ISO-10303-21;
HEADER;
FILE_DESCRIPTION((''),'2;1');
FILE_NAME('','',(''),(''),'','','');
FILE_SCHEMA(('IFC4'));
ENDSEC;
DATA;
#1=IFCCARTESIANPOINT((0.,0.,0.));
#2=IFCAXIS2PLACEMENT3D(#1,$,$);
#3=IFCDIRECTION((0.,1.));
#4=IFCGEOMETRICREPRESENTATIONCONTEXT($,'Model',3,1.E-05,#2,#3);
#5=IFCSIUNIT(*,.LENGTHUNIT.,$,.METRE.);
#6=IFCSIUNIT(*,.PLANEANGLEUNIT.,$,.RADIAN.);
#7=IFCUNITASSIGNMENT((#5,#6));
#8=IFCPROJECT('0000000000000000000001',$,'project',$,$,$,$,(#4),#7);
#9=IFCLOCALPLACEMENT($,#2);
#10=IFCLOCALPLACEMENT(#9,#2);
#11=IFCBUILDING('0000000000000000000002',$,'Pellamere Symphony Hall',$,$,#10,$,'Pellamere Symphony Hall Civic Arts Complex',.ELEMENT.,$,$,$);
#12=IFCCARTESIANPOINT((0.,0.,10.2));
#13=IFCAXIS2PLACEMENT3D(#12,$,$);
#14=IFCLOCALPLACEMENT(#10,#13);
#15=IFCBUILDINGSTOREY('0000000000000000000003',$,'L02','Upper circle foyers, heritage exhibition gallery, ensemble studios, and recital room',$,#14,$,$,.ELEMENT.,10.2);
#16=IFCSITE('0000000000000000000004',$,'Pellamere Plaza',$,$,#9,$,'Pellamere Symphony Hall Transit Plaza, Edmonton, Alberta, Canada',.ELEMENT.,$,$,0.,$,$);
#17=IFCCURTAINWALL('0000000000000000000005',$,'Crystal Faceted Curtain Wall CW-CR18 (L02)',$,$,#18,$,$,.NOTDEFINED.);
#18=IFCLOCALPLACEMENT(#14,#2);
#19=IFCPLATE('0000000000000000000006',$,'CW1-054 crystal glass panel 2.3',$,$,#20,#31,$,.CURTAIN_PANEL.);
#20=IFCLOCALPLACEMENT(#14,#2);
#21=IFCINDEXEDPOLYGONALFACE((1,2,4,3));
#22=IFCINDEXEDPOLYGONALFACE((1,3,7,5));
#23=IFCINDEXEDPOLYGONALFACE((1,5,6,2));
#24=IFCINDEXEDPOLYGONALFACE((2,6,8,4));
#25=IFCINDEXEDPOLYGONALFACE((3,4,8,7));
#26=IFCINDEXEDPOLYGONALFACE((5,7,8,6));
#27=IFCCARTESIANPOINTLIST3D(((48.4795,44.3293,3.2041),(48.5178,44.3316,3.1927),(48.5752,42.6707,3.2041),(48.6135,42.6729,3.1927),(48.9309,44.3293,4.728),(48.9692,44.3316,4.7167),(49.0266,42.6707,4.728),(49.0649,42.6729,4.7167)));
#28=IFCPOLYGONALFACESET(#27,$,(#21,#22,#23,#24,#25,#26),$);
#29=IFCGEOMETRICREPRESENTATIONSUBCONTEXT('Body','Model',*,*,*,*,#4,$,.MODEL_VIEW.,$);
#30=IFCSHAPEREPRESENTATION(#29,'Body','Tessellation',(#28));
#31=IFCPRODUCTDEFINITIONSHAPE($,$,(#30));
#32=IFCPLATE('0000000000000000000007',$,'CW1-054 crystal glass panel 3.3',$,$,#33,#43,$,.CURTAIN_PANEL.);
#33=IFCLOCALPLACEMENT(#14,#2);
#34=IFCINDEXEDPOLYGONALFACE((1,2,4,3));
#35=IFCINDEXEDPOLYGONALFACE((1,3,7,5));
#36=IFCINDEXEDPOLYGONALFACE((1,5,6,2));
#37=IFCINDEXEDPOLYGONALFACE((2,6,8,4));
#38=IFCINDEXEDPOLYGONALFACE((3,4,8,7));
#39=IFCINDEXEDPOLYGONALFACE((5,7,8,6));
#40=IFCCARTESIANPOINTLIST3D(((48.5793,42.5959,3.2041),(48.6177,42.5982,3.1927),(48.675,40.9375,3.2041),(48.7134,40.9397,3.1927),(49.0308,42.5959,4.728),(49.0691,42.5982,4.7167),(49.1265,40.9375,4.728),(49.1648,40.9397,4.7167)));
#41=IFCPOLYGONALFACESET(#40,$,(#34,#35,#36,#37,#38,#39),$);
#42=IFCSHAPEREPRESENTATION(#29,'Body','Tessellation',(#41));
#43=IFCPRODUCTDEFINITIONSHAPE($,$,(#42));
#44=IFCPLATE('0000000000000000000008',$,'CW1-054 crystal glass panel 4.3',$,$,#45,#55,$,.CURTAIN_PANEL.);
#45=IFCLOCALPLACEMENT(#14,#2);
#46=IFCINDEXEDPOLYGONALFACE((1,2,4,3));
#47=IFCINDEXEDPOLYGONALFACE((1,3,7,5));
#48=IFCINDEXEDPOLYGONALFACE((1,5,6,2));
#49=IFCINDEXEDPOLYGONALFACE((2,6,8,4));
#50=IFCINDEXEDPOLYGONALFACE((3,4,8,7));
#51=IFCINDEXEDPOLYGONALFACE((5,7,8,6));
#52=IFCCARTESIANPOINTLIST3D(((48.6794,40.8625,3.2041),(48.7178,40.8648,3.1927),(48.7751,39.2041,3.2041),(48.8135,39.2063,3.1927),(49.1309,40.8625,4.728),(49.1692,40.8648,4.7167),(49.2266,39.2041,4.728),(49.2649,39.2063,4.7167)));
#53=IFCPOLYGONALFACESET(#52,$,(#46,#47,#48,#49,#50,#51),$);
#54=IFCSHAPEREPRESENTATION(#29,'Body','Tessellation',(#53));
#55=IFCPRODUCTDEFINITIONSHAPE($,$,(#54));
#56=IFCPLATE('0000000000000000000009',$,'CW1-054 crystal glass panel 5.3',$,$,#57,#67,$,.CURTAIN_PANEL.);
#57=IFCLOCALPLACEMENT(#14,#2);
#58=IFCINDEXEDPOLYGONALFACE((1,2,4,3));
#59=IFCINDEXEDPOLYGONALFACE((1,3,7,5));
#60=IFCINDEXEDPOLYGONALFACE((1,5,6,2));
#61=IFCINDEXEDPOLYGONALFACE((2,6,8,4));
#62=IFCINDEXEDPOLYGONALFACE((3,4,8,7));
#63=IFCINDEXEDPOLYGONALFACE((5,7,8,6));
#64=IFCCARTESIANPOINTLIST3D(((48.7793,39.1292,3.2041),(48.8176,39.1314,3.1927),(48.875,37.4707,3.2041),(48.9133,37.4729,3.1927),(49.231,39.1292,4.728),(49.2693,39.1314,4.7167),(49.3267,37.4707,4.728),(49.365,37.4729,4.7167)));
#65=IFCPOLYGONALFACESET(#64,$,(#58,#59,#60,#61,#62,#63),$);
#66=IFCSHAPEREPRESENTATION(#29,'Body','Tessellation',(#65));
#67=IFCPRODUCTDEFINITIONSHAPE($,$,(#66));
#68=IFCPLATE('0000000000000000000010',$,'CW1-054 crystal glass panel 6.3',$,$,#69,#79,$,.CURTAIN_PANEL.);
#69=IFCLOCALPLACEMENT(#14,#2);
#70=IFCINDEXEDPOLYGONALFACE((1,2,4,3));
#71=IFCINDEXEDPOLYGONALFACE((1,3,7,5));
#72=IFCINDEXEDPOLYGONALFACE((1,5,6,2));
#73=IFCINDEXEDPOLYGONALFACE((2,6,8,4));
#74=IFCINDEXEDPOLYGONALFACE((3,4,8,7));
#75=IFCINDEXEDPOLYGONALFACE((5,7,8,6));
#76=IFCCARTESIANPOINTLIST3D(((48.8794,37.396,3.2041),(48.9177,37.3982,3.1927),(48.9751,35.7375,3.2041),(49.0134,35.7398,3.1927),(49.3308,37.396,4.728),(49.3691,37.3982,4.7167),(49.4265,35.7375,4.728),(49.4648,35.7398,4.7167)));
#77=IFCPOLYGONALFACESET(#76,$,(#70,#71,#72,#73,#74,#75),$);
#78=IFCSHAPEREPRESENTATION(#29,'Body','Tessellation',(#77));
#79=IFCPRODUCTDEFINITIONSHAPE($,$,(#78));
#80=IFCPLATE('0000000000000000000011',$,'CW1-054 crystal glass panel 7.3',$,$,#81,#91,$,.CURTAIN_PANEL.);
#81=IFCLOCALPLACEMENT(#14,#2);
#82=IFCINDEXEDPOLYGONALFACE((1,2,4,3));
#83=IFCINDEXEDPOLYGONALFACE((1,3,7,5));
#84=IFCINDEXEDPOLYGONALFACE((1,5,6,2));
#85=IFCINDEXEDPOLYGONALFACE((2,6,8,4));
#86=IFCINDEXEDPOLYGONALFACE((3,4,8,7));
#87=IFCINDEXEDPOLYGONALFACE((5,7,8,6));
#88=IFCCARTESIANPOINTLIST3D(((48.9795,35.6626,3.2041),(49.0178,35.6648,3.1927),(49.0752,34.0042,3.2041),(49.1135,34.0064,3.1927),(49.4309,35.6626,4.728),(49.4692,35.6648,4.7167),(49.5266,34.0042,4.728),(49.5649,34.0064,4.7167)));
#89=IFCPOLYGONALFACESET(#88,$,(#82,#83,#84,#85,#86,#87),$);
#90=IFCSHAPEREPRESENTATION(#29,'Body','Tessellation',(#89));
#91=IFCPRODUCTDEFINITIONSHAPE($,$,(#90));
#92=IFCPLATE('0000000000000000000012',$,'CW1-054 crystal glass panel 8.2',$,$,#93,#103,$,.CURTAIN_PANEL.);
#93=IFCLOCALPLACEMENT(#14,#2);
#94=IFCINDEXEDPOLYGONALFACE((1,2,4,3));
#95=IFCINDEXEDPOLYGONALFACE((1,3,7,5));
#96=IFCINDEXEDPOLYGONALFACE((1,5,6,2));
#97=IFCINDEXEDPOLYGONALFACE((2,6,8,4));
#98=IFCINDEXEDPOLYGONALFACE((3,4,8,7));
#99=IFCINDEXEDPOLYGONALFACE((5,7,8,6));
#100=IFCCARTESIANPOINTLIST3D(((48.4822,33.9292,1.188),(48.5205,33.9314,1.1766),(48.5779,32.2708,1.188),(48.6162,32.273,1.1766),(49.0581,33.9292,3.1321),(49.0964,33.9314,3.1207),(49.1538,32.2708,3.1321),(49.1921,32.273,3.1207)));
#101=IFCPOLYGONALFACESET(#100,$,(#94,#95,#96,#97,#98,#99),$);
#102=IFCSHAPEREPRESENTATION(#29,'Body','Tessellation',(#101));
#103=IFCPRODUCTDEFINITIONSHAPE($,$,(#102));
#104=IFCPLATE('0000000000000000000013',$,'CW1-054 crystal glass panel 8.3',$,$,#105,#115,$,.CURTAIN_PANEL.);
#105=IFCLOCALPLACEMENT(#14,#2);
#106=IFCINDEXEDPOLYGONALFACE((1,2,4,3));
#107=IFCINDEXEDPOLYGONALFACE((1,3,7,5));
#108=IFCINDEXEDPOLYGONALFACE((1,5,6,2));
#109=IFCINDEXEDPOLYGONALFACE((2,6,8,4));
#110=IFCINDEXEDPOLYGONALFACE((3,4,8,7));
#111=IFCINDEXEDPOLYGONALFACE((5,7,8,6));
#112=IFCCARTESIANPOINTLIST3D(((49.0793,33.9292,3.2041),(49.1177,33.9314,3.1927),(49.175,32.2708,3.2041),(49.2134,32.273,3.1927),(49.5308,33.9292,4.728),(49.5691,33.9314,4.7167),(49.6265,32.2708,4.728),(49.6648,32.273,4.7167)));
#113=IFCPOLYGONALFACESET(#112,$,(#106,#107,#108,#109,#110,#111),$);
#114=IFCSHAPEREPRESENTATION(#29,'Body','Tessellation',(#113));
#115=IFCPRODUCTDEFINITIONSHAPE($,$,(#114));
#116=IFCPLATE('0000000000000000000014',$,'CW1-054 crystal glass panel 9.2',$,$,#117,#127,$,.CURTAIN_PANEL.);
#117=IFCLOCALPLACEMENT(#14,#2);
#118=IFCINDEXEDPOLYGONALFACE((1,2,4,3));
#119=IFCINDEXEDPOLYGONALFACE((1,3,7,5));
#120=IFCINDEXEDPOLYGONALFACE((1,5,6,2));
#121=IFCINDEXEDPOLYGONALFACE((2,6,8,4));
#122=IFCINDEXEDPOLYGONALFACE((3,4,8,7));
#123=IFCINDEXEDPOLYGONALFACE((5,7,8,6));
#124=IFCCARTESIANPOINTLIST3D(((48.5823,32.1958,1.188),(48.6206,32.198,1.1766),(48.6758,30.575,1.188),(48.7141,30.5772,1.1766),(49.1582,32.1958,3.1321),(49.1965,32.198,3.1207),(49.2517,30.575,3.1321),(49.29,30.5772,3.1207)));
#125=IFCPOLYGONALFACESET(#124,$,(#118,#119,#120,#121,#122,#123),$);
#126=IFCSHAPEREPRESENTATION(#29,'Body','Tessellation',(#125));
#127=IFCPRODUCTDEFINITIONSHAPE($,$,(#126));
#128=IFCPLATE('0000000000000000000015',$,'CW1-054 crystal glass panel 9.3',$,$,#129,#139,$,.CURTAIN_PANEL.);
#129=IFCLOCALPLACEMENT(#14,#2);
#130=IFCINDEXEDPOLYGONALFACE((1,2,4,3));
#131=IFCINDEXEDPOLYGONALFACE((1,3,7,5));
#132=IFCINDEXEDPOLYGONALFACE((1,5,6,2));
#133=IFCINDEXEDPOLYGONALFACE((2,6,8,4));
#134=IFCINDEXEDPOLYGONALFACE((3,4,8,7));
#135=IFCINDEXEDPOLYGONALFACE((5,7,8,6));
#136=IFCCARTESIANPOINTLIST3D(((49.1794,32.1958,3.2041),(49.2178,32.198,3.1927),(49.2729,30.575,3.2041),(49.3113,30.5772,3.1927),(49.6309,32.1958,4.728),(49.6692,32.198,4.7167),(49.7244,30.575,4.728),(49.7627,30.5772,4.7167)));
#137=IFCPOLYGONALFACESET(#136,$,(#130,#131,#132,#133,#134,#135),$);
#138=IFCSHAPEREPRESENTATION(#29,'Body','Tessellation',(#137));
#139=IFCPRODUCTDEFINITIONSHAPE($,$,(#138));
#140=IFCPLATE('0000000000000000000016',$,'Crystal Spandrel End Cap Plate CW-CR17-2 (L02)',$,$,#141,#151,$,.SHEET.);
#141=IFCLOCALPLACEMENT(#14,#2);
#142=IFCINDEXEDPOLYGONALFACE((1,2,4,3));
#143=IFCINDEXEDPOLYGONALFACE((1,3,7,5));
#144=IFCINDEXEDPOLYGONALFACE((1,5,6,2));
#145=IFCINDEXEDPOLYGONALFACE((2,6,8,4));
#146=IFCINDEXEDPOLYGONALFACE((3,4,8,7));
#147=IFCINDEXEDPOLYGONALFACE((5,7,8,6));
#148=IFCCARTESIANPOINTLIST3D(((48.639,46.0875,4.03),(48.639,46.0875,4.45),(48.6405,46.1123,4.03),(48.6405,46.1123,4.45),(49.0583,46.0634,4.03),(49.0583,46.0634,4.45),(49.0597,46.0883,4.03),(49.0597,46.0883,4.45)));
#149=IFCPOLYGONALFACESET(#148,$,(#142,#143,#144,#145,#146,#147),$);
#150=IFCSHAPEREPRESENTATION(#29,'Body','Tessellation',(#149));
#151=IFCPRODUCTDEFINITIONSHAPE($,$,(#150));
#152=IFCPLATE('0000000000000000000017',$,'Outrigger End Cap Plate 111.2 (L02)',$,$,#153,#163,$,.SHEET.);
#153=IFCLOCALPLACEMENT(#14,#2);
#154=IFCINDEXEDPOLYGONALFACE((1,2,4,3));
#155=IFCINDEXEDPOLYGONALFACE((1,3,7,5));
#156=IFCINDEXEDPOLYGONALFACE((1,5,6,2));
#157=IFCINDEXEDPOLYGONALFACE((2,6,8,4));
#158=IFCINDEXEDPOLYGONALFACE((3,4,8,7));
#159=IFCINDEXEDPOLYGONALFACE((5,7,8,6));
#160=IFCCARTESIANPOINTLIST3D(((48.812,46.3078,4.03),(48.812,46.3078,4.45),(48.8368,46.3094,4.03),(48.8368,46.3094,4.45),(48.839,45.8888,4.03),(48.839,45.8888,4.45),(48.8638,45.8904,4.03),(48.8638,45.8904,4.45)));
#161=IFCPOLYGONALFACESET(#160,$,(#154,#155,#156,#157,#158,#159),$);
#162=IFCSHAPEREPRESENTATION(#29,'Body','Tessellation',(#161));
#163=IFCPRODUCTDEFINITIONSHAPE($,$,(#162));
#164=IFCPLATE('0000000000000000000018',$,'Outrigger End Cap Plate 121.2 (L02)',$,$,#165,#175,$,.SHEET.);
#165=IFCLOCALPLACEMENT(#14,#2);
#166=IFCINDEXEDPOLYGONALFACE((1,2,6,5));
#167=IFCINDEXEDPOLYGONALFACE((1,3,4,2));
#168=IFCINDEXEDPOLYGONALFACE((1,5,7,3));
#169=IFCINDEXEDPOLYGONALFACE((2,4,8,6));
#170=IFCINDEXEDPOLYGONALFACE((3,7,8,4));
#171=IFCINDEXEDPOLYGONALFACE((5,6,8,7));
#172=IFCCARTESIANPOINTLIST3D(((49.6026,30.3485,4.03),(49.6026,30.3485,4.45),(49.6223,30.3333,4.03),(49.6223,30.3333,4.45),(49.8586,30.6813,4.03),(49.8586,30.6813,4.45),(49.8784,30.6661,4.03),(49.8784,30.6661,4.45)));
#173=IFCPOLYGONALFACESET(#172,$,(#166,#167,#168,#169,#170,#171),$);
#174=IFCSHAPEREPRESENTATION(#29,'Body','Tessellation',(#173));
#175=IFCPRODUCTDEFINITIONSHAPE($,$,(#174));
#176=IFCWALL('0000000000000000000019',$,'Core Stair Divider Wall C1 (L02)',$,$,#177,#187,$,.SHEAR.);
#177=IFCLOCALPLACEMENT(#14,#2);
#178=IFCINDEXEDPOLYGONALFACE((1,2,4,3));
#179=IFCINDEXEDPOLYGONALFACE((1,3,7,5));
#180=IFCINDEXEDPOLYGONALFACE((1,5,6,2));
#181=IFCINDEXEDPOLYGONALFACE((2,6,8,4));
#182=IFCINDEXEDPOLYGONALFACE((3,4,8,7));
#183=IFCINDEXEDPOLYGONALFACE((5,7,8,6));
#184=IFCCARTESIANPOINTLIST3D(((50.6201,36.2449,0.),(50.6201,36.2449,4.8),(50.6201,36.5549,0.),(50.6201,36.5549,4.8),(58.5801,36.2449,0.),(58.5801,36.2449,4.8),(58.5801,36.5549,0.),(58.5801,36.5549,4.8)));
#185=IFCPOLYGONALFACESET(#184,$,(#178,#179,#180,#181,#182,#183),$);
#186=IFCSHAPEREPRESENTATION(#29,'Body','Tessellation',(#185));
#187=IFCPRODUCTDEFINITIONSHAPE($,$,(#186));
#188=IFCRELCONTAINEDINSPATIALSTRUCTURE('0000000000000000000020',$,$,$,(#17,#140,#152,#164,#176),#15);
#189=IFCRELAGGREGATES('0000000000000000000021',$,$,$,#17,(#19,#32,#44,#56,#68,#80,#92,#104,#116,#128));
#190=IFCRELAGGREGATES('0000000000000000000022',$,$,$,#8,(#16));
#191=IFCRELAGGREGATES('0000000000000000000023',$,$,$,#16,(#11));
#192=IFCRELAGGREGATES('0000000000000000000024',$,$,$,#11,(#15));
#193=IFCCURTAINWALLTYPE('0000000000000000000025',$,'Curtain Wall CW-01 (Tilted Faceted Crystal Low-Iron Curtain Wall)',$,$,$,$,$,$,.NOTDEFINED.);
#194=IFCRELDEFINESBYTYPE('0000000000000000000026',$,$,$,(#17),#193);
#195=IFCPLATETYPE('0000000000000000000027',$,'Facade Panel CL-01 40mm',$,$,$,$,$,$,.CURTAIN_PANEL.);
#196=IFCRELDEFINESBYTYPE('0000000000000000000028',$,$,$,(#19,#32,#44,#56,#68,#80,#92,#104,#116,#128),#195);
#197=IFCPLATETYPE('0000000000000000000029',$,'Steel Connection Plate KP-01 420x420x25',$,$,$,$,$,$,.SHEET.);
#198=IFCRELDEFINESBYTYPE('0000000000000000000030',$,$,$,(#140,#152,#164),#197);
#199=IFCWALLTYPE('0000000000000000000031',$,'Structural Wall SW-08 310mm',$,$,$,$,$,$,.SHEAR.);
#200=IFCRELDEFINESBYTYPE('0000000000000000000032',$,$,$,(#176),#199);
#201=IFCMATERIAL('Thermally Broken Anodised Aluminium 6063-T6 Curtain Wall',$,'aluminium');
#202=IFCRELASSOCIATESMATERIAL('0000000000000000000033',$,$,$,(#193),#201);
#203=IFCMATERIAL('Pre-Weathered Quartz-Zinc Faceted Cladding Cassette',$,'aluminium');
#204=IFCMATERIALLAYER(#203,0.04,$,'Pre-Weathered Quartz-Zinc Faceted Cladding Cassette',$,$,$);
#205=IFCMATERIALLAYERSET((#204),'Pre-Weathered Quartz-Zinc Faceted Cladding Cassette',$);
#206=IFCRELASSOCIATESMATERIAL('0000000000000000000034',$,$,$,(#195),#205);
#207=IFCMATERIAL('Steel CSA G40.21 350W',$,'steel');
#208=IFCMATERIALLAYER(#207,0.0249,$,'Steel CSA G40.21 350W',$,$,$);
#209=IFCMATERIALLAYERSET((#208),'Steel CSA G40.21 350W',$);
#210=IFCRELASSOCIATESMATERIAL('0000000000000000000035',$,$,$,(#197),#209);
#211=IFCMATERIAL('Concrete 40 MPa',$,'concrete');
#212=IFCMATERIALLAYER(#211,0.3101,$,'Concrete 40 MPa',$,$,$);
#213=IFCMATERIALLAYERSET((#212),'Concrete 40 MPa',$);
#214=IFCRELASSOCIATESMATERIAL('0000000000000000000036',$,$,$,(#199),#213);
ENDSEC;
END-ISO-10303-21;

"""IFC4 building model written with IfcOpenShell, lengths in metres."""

from ifc_helpers import new_model, si_unit, direction, frame, frame_2d, origin, origin_2d, place, context, subcontext, project, spatial, polyline, rectangle, outline, extrude, material, layer, layer_set, type_object, element, aggregate, save


model = new_model("IFC4")

# Units and contexts
model_context = context("Model", 3, precision=1e-05, world=origin(), true_north=direction((0.0, 1.0)))
body_context = subcontext(model_context, "Body", "Model", "MODEL_VIEW")
ifc_project = project(units=[si_unit("LENGTHUNIT", "METRE"), si_unit("PLANEANGLEUNIT", "RADIAN")], contexts=[model_context])

# Site, building, storey
site_placement = place(None, origin())
site = spatial("IfcSite", under=ifc_project, at=site_placement, Name="Pellamere Plaza", LongName="Pellamere Symphony Hall Transit Plaza, Edmonton, Alberta, Canada", CompositionType="ELEMENT", RefElevation=0.0)
building_placement = place(site_placement, origin())
building = spatial("IfcBuilding", under=site, at=building_placement, Name="Pellamere Symphony Hall", LongName="Pellamere Symphony Hall Civic Arts Complex", CompositionType="ELEMENT")
storey_placement = place(building_placement, frame((0.0, 0.0, 10.2)))
storey = spatial("IfcBuildingStorey", under=building, at=storey_placement, Name="L02", Description="Upper circle foyers, heritage exhibition gallery, ensemble studios, and recital room", CompositionType="ELEMENT", Elevation=10.2)

# Shared definitions
ifc_material_1 = material(Name="Concrete 40 MPa", Category="concrete")

# Curtain wall
ifc_material_2 = material(Name="Thermally Broken Anodised Aluminium 6063-T6 Curtain Wall", Category="aluminium")
curtain_wall_type = type_object("IfcCurtainWallType", Name="Curtain Wall CW-01 (Tilted Faceted Crystal Low-Iron Curtain Wall)", PredefinedType="NOTDEFINED", material=ifc_material_2)
curtain_wall_placement = place(storey_placement, origin())
curtain_wall = element("IfcCurtainWall", 1, at=curtain_wall_placement, inside=storey, type_object=curtain_wall_type, Name="Crystal Faceted Curtain Wall CW-CR18 (L02)", PredefinedType="NOTDEFINED")

# Plates
ifc_material_3 = material(Name="Pre-Weathered Quartz-Zinc Faceted Cladding Cassette", Category="aluminium")
ifc_layer_1 = layer(ifc_material_3, 0.04, Name="Pre-Weathered Quartz-Zinc Faceted Cladding Cassette")
ifc_layer_set_1 = layer_set([ifc_layer_1], Name="Pre-Weathered Quartz-Zinc Faceted Cladding Cassette")
plate_type_1 = type_object("IfcPlateType", Name="Facade Panel CL-01 40mm", PredefinedType="CURTAIN_PANEL", material=ifc_layer_set_1)
plate_1_placement = place(storey_placement, frame((48.4795, 44.3293, 3.2041), z_axis=(-0.957354, -0.055237, 0.283587), x_axis=(0.057602, -0.99834, 0.0)))
plate_1 = element("IfcPlate", 2, at=plate_1_placement, type_object=plate_type_1, Name="CW1-054 crystal glass panel 2.3", PredefinedType="CURTAIN_PANEL", context=body_context, shape_type="SweptSolid", body=[
    extrude(outline(polyline([(0.0, 0.0), (1.6615, 0.0), (1.6875, 1.5892), (0.026, 1.5892), (0.0, 0.0)])), origin(), (0.0, 0.0, -1.0), 0.04),
])
plate_2_placement = place(storey_placement, frame((48.5793, 42.5959, 3.2041), z_axis=(-0.957354, -0.055246, 0.283587), x_axis=(0.057611, -0.998339, 0.0)))
plate_2 = element("IfcPlate", 3, at=plate_2_placement, type_object=plate_type_1, Name="CW1-054 crystal glass panel 3.3", PredefinedType="CURTAIN_PANEL", context=body_context, shape_type="SweptSolid", body=[
    extrude(outline(polyline([(0.0, 0.0), (1.6612, 0.0), (1.6872, 1.5892), (0.026, 1.5892), (0.0, 0.0)])), origin(), (0.0, 0.0, -1.0), 0.04),
])
plate_3_placement = place(storey_placement, frame((48.6794, 40.8625, 3.2041), z_axis=(-0.957354, -0.055246, 0.283587), x_axis=(0.057611, -0.998339, 0.0)))
plate_3 = element("IfcPlate", 4, at=plate_3_placement, type_object=plate_type_1, Name="CW1-054 crystal glass panel 4.3", PredefinedType="CURTAIN_PANEL", context=body_context, shape_type="SweptSolid", body=[
    extrude(outline(polyline([(0.0, 0.0), (1.6612, 0.0), (1.6872, 1.5892), (0.026, 1.5892), (0.0, 0.0)])), origin(), (0.0, 0.0, -1.0), 0.04),
])
plate_4_placement = place(storey_placement, frame((48.7793, 39.1292, 3.2041), z_axis=(-0.957312, -0.055243, 0.283728), x_axis=(0.057611, -0.998339, 0.0)))
plate_4 = element("IfcPlate", 5, at=plate_4_placement, type_object=plate_type_1, Name="CW1-054 crystal glass panel 5.3", PredefinedType="CURTAIN_PANEL", context=body_context, shape_type="SweptSolid", body=[
    extrude(outline(polyline([(0.0, 0.0), (1.6612, 0.0), (1.6872, 1.5892), (0.026, 1.5892), (0.0, 0.0)])), origin(), (0.0, 0.0, -1.0), 0.04),
])
plate_5_placement = place(storey_placement, frame((48.8794, 37.396, 3.2041), z_axis=(-0.957354, -0.055246, 0.283587), x_axis=(0.057611, -0.998339, 0.0)))
plate_5 = element("IfcPlate", 6, at=plate_5_placement, type_object=plate_type_1, Name="CW1-054 crystal glass panel 6.3", PredefinedType="CURTAIN_PANEL", context=body_context, shape_type="SweptSolid", body=[
    extrude(outline(polyline([(0.0, 0.0), (1.6612, 0.0), (1.6872, 1.5892), (0.026, 1.5892), (0.0, 0.0)])), origin(), (0.0, 0.0, -1.0), 0.04),
])
plate_6_placement = place(storey_placement, frame((48.9795, 35.6626, 3.2041), z_axis=(-0.957354, -0.055246, 0.283587), x_axis=(0.057611, -0.998339, 0.0)))
plate_6 = element("IfcPlate", 7, at=plate_6_placement, type_object=plate_type_1, Name="CW1-054 crystal glass panel 7.3", PredefinedType="CURTAIN_PANEL", context=body_context, shape_type="SweptSolid", body=[
    extrude(outline(polyline([(0.0, 0.0), (1.6612, 0.0), (1.6872, 1.5892), (0.026, 1.5892), (0.0, 0.0)])), origin(), (0.0, 0.0, -1.0), 0.04),
])
plate_7_placement = place(storey_placement, frame((48.4822, 33.9292, 1.188), z_axis=(-0.957347, -0.055245, 0.283609), x_axis=(0.057611, -0.998339, 0.0)))
plate_7 = element("IfcPlate", 8, at=plate_7_placement, type_object=plate_type_1, Name="CW1-054 crystal glass panel 8.2", PredefinedType="CURTAIN_PANEL", context=body_context, shape_type="SweptSolid", body=[
    extrude(outline(polyline([(0.0, 0.0), (1.6612, 0.0), (1.6944, 2.0273), (0.0332, 2.0273), (0.0, 0.0)])), origin(), (0.0, 0.0, -1.0), 0.04),
])
plate_8_placement = place(storey_placement, frame((49.0793, 33.9292, 3.2041), z_axis=(-0.957354, -0.055246, 0.283587), x_axis=(0.057611, -0.998339, 0.0)))
plate_8 = element("IfcPlate", 9, at=plate_8_placement, type_object=plate_type_1, Name="CW1-054 crystal glass panel 8.3", PredefinedType="CURTAIN_PANEL", context=body_context, shape_type="SweptSolid", body=[
    extrude(outline(polyline([(0.0, 0.0), (1.6612, 0.0), (1.6872, 1.5892), (0.026, 1.5892), (0.0, 0.0)])), origin(), (0.0, 0.0, -1.0), 0.04),
])
plate_9_placement = place(storey_placement, frame((48.5823, 32.1958, 1.188), z_axis=(-0.957348, -0.055229, 0.28361), x_axis=(0.057594, -0.99834, 0.0)))
plate_9 = element("IfcPlate", 10, at=plate_9_placement, type_object=plate_type_1, Name="CW1-054 crystal glass panel 9.2", PredefinedType="CURTAIN_PANEL", context=body_context, shape_type="SweptSolid", body=[
    extrude(outline(polyline([(0.0, 0.0), (1.6235, 0.0), (1.6567, 2.0273), (0.0332, 2.0273), (0.0, 0.0)])), origin(), (0.0, 0.0, -1.0), 0.04),
])
plate_10_placement = place(storey_placement, frame((49.1794, 32.1958, 3.2041), z_axis=(-0.957355, -0.055229, 0.283587), x_axis=(0.057594, -0.99834, 0.0)))
plate_10 = element("IfcPlate", 11, at=plate_10_placement, type_object=plate_type_1, Name="CW1-054 crystal glass panel 9.3", PredefinedType="CURTAIN_PANEL", context=body_context, shape_type="SweptSolid", body=[
    extrude(outline(polyline([(0.0, 0.0), (1.6235, 0.0), (1.6495, 1.5892), (0.026, 1.5892), (0.0, 0.0)])), origin(), (0.0, 0.0, -1.0), 0.04),
])
aggregate(curtain_wall, [plate_1, plate_2, plate_3, plate_4, plate_5, plate_6, plate_7, plate_8, plate_9, plate_10])

# Plates
ifc_material_4 = material(Name="Steel CSA G40.21 350W", Category="steel")
ifc_layer_2 = layer(ifc_material_4, 0.0249, Name="Steel CSA G40.21 350W")
ifc_layer_set_2 = layer_set([ifc_layer_2], Name="Steel CSA G40.21 350W")
plate_type_2 = type_object("IfcPlateType", Name="Steel Connection Plate KP-01 420x420x25", PredefinedType="SHEET", material=ifc_layer_set_2)
for number, where, z_axis, x_axis, name in (
    (12, (48.8494, 46.0879, 4.03), (0.0, 0.0, 1.0), (-0.057216, -0.998362, 0.0), "Crystal Spandrel End Cap Plate CW-CR17-2 (L02)"),
    (13, (48.8379, 46.0991, 4.03), (0.0, 0.0, 1.0), (-0.997927, -0.064358, 0.0), "Outrigger End Cap Plate 111.2 (L02)"),
    (14, (49.7405, 30.5073, 4.03), (0.0, 0.0, 1.0), (-0.792609, 0.60973, 0.0), "Outrigger End Cap Plate 121.2 (L02)"),
):
    element("IfcPlate", number, at=place(storey_placement, frame(where, z_axis=z_axis, x_axis=x_axis)), inside=storey, type_object=plate_type_2, Name=name, PredefinedType="SHEET", context=body_context, shape_type="SweptSolid", body=[
        extrude(rectangle(XDim=0.0249, YDim=0.4199, at=origin_2d()), origin(), (0.0, 0.0, 1.0), 0.4199),
    ])

# Wall
ifc_layer_3 = layer(ifc_material_1, 0.3101, Name="Concrete 40 MPa")
ifc_layer_set_3 = layer_set([ifc_layer_3], Name="Concrete 40 MPa")
wall_type = type_object("IfcWallType", Name="Structural Wall SW-08 310mm", PredefinedType="SHEAR", material=ifc_layer_set_3)
wall_placement = place(storey_placement, frame((50.6201, 36.3999, 0.0), z_axis=(0.0, 0.0, 1.0), x_axis=(1.0, 0.0, 0.0)))
element("IfcWall", 15, at=wall_placement, inside=storey, type_object=wall_type, Name="Core Stair Divider Wall C1 (L02)", PredefinedType="SHEAR", context=body_context, shape_type="SweptSolid", body=[
    extrude(rectangle(XDim=7.96, YDim=0.3101, at=frame_2d((3.98, 0.0))), origin(), (0.0, 0.0, 1.0), 4.8),
])

save(model, "model.ifc")
